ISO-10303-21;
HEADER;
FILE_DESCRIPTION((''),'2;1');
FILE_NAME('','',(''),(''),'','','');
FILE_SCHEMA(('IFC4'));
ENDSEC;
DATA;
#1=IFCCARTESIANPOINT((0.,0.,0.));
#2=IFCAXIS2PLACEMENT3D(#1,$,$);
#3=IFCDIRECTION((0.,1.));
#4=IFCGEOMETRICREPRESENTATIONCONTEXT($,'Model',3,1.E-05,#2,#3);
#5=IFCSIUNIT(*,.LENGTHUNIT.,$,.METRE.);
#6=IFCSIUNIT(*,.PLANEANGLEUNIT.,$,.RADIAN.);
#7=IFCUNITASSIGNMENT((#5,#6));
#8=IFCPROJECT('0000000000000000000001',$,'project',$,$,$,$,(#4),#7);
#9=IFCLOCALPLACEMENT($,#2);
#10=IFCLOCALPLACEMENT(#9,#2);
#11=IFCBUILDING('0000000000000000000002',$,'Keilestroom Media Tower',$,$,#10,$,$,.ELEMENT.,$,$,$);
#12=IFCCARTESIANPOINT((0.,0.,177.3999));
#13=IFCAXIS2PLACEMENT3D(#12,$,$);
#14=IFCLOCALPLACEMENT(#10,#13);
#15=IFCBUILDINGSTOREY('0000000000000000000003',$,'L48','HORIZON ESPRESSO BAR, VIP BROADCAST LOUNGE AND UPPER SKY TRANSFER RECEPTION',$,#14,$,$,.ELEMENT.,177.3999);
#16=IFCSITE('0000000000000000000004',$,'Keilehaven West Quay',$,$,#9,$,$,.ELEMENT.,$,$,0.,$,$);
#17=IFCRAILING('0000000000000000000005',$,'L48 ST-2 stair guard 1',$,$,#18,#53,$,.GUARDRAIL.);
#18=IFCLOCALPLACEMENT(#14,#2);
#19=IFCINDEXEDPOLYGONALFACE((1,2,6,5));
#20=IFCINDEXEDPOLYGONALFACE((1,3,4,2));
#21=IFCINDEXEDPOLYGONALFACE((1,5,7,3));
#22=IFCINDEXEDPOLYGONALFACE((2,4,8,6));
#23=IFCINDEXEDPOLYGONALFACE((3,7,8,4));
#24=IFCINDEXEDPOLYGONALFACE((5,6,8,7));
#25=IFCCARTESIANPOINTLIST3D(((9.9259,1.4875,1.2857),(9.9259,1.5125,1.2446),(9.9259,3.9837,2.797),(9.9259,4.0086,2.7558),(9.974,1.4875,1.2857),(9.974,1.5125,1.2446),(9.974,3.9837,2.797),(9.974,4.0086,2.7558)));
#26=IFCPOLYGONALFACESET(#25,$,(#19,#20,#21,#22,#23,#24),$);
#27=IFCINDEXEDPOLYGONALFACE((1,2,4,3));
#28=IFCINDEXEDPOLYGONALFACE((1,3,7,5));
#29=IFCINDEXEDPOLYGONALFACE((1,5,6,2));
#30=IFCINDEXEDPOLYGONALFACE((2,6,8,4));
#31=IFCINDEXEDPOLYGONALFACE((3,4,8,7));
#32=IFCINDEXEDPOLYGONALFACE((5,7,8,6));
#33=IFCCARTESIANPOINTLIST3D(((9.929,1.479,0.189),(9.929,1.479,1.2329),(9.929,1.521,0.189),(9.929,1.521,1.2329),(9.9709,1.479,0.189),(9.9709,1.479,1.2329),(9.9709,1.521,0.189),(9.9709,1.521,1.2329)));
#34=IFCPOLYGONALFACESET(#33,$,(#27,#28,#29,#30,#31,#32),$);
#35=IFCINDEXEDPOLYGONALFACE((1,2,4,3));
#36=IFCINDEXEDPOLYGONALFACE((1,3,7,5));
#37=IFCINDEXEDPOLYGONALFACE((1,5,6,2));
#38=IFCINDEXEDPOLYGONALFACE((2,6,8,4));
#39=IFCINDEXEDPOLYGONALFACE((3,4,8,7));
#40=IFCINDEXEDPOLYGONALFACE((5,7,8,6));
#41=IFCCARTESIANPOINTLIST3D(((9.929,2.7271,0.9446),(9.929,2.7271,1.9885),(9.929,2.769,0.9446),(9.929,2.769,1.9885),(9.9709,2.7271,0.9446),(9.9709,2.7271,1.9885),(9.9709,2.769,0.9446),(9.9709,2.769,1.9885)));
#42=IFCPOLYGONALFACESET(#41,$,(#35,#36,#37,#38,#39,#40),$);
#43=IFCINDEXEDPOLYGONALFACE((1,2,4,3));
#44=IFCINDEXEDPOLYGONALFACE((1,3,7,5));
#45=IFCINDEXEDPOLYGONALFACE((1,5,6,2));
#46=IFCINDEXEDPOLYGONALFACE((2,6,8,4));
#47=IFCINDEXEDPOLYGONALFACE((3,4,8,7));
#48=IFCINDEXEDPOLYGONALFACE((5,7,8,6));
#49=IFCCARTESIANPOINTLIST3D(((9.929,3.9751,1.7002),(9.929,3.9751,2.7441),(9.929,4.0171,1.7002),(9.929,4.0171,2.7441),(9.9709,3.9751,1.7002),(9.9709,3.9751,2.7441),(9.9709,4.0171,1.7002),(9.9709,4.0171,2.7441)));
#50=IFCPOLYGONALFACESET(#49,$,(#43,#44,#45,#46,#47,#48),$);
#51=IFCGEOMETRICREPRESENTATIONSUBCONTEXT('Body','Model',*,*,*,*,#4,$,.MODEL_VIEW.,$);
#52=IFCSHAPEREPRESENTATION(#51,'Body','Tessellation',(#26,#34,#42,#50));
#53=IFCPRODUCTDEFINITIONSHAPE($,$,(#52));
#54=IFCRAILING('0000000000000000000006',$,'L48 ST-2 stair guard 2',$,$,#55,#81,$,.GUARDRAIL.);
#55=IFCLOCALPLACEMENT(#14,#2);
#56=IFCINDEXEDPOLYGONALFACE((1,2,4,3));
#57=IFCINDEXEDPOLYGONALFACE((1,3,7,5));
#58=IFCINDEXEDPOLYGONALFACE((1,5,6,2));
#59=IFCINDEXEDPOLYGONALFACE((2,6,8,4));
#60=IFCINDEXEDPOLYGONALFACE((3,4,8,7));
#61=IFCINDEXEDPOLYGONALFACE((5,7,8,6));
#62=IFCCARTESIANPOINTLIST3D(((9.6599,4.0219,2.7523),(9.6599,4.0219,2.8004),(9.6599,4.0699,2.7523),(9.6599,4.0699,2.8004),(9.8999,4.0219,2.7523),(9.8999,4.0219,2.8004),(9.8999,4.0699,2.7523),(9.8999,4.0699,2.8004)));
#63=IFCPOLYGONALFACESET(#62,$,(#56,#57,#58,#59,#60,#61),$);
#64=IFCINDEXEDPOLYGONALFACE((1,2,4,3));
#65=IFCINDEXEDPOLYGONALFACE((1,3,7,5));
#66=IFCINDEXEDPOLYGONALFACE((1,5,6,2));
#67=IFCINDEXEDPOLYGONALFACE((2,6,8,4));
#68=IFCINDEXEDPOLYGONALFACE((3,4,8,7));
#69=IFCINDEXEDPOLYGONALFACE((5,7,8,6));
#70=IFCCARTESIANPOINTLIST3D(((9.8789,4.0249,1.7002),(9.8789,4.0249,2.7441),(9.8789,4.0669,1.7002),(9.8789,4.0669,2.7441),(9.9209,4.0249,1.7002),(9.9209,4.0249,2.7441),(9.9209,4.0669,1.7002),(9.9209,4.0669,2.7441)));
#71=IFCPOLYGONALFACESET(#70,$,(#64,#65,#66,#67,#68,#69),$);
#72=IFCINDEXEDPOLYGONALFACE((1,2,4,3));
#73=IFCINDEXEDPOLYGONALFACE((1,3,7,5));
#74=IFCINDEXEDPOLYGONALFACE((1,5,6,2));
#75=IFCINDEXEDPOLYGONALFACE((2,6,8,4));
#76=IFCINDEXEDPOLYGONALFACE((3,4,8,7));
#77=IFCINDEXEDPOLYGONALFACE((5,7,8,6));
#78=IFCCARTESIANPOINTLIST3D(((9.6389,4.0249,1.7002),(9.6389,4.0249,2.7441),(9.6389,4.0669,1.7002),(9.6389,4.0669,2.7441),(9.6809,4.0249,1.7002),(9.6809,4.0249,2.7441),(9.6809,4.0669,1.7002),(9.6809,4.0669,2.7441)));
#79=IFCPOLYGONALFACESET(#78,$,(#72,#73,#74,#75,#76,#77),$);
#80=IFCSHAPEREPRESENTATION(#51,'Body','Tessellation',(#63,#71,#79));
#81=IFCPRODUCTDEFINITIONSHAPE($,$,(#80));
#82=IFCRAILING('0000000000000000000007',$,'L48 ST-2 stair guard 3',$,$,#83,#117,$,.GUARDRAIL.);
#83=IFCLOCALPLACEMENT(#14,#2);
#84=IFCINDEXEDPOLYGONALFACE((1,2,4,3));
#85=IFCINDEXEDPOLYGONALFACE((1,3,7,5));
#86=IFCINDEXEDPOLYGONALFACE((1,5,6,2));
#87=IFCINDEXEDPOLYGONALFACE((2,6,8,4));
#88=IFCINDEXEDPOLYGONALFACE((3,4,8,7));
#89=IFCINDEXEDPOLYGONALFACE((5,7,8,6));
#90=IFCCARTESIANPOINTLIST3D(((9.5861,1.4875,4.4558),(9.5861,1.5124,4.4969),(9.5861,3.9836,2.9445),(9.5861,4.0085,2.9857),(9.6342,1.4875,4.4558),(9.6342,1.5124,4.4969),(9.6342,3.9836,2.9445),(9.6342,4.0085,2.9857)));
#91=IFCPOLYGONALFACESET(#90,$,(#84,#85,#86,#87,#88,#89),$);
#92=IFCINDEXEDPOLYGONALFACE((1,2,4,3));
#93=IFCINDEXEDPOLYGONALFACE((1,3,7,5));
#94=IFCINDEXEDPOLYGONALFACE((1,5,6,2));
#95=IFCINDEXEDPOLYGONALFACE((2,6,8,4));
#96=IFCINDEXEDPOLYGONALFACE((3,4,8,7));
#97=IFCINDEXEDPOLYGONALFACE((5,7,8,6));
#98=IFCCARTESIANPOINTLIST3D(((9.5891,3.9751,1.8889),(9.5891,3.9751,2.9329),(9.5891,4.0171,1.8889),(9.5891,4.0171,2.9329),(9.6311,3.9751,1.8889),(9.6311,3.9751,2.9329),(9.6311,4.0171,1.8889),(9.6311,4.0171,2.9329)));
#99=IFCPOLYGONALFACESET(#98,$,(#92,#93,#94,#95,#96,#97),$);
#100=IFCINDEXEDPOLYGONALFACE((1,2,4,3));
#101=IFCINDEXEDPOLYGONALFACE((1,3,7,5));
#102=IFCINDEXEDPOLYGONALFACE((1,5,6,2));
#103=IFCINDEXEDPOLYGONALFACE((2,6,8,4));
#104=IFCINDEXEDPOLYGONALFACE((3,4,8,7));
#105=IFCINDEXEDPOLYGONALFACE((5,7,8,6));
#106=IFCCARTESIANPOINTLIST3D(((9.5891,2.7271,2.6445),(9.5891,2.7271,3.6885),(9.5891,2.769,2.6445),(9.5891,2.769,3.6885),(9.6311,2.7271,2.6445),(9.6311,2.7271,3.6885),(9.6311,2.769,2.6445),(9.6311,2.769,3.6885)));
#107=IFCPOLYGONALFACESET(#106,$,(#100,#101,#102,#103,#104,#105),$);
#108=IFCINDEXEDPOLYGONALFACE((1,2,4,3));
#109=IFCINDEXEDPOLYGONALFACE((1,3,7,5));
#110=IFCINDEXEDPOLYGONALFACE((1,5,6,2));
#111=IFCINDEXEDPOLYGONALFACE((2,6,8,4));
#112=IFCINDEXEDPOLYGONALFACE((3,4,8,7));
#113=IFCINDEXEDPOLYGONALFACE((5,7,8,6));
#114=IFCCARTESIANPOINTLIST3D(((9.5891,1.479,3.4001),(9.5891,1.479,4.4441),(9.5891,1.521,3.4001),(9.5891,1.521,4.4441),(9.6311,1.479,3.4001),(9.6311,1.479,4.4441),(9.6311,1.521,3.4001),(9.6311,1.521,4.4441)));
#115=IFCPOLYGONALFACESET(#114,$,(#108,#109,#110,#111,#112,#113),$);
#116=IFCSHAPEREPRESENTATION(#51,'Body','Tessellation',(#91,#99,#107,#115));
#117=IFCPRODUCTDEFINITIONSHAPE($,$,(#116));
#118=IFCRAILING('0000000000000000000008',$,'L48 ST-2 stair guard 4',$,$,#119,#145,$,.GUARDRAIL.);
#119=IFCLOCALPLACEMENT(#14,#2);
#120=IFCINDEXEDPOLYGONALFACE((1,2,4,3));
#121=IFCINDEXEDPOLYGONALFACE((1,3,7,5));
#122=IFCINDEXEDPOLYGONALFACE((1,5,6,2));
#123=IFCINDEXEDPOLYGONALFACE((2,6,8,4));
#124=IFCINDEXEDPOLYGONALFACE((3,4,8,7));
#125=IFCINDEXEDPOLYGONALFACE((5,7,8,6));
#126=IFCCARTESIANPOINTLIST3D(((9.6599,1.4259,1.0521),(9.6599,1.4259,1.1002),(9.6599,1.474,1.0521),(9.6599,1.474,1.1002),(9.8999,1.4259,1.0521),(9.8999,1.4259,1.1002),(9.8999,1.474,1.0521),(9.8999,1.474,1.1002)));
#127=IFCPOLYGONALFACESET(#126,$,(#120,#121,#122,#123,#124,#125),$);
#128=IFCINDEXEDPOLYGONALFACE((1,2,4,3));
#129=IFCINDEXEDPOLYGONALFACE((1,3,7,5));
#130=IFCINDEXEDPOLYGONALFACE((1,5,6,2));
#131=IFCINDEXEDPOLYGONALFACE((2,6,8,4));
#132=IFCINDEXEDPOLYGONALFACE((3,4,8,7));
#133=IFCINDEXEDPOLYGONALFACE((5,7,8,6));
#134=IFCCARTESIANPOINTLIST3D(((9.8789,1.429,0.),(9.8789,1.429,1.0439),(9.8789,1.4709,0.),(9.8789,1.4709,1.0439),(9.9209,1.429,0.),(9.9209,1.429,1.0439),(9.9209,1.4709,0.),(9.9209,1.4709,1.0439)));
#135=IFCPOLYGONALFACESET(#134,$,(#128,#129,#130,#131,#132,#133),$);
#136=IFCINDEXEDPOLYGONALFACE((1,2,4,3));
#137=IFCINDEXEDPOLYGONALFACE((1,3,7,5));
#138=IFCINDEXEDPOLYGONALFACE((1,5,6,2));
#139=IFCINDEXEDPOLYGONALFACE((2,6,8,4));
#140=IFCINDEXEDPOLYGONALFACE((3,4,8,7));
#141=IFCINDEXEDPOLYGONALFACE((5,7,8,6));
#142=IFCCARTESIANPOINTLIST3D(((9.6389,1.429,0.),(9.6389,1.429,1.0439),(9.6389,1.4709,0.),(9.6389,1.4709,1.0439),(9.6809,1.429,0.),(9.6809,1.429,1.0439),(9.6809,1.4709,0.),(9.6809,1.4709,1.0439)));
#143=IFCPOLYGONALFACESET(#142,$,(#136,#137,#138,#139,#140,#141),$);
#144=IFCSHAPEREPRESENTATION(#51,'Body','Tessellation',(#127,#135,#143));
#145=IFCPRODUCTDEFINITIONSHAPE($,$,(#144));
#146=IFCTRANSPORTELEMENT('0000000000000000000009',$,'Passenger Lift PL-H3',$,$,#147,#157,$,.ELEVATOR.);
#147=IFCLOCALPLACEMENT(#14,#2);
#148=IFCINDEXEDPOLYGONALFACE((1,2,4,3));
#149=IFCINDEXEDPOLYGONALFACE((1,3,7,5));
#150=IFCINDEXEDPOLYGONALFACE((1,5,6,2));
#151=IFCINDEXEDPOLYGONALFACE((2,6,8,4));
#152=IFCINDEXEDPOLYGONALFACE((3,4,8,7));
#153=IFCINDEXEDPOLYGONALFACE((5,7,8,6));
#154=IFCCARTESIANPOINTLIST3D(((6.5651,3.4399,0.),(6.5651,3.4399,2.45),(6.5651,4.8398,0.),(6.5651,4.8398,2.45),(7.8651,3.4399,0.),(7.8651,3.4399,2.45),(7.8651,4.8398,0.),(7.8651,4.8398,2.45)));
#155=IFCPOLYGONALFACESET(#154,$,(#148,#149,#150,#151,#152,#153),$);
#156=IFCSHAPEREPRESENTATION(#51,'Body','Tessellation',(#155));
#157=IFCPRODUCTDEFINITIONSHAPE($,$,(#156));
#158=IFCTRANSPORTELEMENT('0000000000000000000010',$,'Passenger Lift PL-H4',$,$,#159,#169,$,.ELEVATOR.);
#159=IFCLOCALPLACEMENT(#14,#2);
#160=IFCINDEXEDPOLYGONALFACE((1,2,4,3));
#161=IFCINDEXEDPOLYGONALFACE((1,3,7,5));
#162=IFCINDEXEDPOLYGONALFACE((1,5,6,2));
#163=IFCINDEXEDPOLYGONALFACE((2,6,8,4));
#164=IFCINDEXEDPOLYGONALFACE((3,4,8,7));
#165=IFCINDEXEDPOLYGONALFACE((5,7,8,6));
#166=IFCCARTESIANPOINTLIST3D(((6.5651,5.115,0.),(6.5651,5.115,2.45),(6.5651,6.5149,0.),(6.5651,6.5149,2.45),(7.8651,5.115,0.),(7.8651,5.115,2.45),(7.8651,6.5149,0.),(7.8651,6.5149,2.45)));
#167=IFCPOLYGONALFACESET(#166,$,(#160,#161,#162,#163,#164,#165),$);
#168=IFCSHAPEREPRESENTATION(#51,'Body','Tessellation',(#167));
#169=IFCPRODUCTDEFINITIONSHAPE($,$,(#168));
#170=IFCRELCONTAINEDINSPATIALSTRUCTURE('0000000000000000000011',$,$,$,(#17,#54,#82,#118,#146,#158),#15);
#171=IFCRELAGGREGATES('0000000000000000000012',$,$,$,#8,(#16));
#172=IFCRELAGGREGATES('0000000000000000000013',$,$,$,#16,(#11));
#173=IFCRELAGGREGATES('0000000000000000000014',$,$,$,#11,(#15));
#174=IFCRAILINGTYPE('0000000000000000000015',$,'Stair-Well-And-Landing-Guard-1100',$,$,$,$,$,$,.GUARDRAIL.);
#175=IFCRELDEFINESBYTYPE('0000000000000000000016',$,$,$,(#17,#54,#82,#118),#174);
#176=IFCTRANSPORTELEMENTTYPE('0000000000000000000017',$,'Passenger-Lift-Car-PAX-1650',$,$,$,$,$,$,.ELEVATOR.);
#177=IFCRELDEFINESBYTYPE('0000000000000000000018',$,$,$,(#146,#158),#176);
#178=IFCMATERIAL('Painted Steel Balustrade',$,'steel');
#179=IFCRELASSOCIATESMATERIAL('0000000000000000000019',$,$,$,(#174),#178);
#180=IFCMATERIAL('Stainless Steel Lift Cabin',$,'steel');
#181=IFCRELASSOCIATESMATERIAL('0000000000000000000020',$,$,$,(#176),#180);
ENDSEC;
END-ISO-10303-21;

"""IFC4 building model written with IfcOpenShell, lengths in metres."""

from ifc_helpers import new_model, si_unit, direction, frame, origin, origin_2d, place, context, subcontext, project, spatial, rectangle, extrude, source, transform, mapped, material, type_object, element, save


model = new_model("IFC4")

# Units and contexts
model_context = context("Model", 3, precision=1e-05, world=origin(), true_north=direction((0.0, 1.0)))
body_context = subcontext(model_context, "Body", "Model", "MODEL_VIEW")
ifc_project = project(units=[si_unit("LENGTHUNIT", "METRE"), si_unit("PLANEANGLEUNIT", "RADIAN")], contexts=[model_context])

# Site, building, storey
site_placement = place(None, origin())
site = spatial("IfcSite", under=ifc_project, at=site_placement, Name="Keilehaven West Quay", CompositionType="ELEMENT", RefElevation=0.0)
building_placement = place(site_placement, origin())
building = spatial("IfcBuilding", under=site, at=building_placement, Name="Keilestroom Media Tower", CompositionType="ELEMENT")
storey_placement = place(building_placement, frame((0.0, 0.0, 177.3999)))
storey = spatial("IfcBuildingStorey", under=building, at=storey_placement, Name="L48", Description="HORIZON ESPRESSO BAR, VIP BROADCAST LOUNGE AND UPPER SKY TRANSFER RECEPTION", CompositionType="ELEMENT", Elevation=177.3999)

# Railings
ifc_material_1 = material(Name="Painted Steel Balustrade", Category="steel")
railing_type_1 = type_object("IfcRailingType", Name="Stair-Well-And-Landing-Guard-1100", PredefinedType="GUARDRAIL", material=ifc_material_1)
railing_1_placement = place(storey_placement, frame((9.95, 1.5, 0.189)))
element("IfcRailing", 1, at=railing_1_placement, inside=storey, type_object=railing_type_1, Name="L48 ST-2 stair guard 1", PredefinedType="GUARDRAIL", context=body_context, shape_type="SweptSolid", body=[
    extrude(rectangle(XDim=0.0481, YDim=0.0481, at=origin_2d()), frame((0.0, 0.0, 1.0762), z_axis=(0.0, 0.855434, 0.517912), x_axis=(-1.0, 0.0, 0.0)), (0.0, 0.0, 1.0), 2.918),
    extrude(rectangle(XDim=0.042, YDim=0.042, at=origin_2d()), origin(), (0.0, 0.0, 1.0), 1.0439),
    extrude(rectangle(XDim=0.042, YDim=0.042, at=origin_2d()), frame((0.0, 1.248, 0.7556)), (0.0, 0.0, 1.0), 1.0439),
    extrude(rectangle(XDim=0.042, YDim=0.042, at=origin_2d()), frame((0.0, 2.4961, 1.5112)), (0.0, 0.0, 1.0), 1.0439),
])
railing_2_placement = place(storey_placement, frame((9.8999, 4.0459, 1.7002)))
element("IfcRailing", 2, at=railing_2_placement, inside=storey, type_object=railing_type_1, Name="L48 ST-2 stair guard 2", PredefinedType="GUARDRAIL", context=body_context, shape_type="SweptSolid", body=[
    extrude(rectangle(XDim=0.0481, YDim=0.0481, at=origin_2d()), frame((0.0, 0.0, 1.0762), z_axis=(-1.0, 0.0, 0.0), x_axis=(0.0, -1.0, 0.0)), (0.0, 0.0, 1.0), 0.24),
    extrude(rectangle(XDim=0.042, YDim=0.042, at=origin_2d()), origin(), (0.0, 0.0, 1.0), 1.0439),
    extrude(rectangle(XDim=0.042, YDim=0.042, at=origin_2d()), frame((-0.24, 0.0, 0.0)), (0.0, 0.0, 1.0), 1.0439),
])
railing_3_placement = place(storey_placement, frame((9.6101, 3.9961, 1.8889)))
element("IfcRailing", 3, at=railing_3_placement, inside=storey, type_object=railing_type_1, Name="L48 ST-2 stair guard 3", PredefinedType="GUARDRAIL", context=body_context, shape_type="SweptSolid", body=[
    extrude(rectangle(XDim=0.0481, YDim=0.0481, at=origin_2d()), frame((0.0, 0.0, 1.0762), z_axis=(0.0, -0.855434, 0.517912), x_axis=(1.0, 0.0, 0.0)), (0.0, 0.0, 1.0), 2.918),
    extrude(rectangle(XDim=0.042, YDim=0.042, at=origin_2d()), origin(), (0.0, 0.0, 1.0), 1.0439),
    extrude(rectangle(XDim=0.042, YDim=0.042, at=origin_2d()), frame((0.0, -1.248, 0.7556)), (0.0, 0.0, 1.0), 1.0439),
    extrude(rectangle(XDim=0.042, YDim=0.042, at=origin_2d()), frame((0.0, -2.4961, 1.5112)), (0.0, 0.0, 1.0), 1.0439),
])
railing_4_placement = place(storey_placement, frame((9.8999, 1.45, 0.0)))
element("IfcRailing", 4, at=railing_4_placement, inside=storey, type_object=railing_type_1, Name="L48 ST-2 stair guard 4", PredefinedType="GUARDRAIL", context=body_context, shape_type="SweptSolid", body=[
    extrude(rectangle(XDim=0.0481, YDim=0.0481, at=origin_2d()), frame((0.0, 0.0, 1.0762), z_axis=(-1.0, 0.0, 0.0), x_axis=(0.0, -1.0, 0.0)), (0.0, 0.0, 1.0), 0.24),
    extrude(rectangle(XDim=0.042, YDim=0.042, at=origin_2d()), origin(), (0.0, 0.0, 1.0), 1.0439),
    extrude(rectangle(XDim=0.042, YDim=0.042, at=origin_2d()), frame((-0.24, 0.0, 0.0)), (0.0, 0.0, 1.0), 1.0439),
])

# Transport elements
ifc_material_2 = material(Name="Stainless Steel Lift Cabin", Category="steel")
transport_element_type = type_object("IfcTransportElementType", Name="Passenger-Lift-Car-PAX-1650", PredefinedType="ELEVATOR", material=ifc_material_2)
shared_shape_1 = source(origin(), body_context, "Body", "SweptSolid", [
    extrude(rectangle(XDim=1.3, YDim=1.3999, at=origin_2d()), origin(), (0.0, 0.0, 1.0), 2.45),
])
for number, where, z_axis, x_axis, name in (
    (5, (7.2151, 4.1399, 0.0), (0.0, 0.0, 1.0), (1.0, 0.0, 0.0), "Passenger Lift PL-H3"),
    (6, (7.2151, 5.8149, 0.0), (0.0, 0.0, 1.0), (1.0, 0.0, 0.0), "Passenger Lift PL-H4"),
):
    element("IfcTransportElement", number, at=place(storey_placement, frame(where, z_axis=z_axis, x_axis=x_axis)), inside=storey, type_object=transport_element_type, Name=name, PredefinedType="ELEVATOR", context=body_context, shape_type="MappedRepresentation", body=[
        mapped(shared_shape_1, transform((0.0, 0.0, 0.0), x_axis=(1.0, 0.0, 0.0), y_axis=(0.0, 1.0, 0.0), z_axis=(0.0, 0.0, 1.0), scale=1.0)),
    ])

save(model, "model.ifc")
